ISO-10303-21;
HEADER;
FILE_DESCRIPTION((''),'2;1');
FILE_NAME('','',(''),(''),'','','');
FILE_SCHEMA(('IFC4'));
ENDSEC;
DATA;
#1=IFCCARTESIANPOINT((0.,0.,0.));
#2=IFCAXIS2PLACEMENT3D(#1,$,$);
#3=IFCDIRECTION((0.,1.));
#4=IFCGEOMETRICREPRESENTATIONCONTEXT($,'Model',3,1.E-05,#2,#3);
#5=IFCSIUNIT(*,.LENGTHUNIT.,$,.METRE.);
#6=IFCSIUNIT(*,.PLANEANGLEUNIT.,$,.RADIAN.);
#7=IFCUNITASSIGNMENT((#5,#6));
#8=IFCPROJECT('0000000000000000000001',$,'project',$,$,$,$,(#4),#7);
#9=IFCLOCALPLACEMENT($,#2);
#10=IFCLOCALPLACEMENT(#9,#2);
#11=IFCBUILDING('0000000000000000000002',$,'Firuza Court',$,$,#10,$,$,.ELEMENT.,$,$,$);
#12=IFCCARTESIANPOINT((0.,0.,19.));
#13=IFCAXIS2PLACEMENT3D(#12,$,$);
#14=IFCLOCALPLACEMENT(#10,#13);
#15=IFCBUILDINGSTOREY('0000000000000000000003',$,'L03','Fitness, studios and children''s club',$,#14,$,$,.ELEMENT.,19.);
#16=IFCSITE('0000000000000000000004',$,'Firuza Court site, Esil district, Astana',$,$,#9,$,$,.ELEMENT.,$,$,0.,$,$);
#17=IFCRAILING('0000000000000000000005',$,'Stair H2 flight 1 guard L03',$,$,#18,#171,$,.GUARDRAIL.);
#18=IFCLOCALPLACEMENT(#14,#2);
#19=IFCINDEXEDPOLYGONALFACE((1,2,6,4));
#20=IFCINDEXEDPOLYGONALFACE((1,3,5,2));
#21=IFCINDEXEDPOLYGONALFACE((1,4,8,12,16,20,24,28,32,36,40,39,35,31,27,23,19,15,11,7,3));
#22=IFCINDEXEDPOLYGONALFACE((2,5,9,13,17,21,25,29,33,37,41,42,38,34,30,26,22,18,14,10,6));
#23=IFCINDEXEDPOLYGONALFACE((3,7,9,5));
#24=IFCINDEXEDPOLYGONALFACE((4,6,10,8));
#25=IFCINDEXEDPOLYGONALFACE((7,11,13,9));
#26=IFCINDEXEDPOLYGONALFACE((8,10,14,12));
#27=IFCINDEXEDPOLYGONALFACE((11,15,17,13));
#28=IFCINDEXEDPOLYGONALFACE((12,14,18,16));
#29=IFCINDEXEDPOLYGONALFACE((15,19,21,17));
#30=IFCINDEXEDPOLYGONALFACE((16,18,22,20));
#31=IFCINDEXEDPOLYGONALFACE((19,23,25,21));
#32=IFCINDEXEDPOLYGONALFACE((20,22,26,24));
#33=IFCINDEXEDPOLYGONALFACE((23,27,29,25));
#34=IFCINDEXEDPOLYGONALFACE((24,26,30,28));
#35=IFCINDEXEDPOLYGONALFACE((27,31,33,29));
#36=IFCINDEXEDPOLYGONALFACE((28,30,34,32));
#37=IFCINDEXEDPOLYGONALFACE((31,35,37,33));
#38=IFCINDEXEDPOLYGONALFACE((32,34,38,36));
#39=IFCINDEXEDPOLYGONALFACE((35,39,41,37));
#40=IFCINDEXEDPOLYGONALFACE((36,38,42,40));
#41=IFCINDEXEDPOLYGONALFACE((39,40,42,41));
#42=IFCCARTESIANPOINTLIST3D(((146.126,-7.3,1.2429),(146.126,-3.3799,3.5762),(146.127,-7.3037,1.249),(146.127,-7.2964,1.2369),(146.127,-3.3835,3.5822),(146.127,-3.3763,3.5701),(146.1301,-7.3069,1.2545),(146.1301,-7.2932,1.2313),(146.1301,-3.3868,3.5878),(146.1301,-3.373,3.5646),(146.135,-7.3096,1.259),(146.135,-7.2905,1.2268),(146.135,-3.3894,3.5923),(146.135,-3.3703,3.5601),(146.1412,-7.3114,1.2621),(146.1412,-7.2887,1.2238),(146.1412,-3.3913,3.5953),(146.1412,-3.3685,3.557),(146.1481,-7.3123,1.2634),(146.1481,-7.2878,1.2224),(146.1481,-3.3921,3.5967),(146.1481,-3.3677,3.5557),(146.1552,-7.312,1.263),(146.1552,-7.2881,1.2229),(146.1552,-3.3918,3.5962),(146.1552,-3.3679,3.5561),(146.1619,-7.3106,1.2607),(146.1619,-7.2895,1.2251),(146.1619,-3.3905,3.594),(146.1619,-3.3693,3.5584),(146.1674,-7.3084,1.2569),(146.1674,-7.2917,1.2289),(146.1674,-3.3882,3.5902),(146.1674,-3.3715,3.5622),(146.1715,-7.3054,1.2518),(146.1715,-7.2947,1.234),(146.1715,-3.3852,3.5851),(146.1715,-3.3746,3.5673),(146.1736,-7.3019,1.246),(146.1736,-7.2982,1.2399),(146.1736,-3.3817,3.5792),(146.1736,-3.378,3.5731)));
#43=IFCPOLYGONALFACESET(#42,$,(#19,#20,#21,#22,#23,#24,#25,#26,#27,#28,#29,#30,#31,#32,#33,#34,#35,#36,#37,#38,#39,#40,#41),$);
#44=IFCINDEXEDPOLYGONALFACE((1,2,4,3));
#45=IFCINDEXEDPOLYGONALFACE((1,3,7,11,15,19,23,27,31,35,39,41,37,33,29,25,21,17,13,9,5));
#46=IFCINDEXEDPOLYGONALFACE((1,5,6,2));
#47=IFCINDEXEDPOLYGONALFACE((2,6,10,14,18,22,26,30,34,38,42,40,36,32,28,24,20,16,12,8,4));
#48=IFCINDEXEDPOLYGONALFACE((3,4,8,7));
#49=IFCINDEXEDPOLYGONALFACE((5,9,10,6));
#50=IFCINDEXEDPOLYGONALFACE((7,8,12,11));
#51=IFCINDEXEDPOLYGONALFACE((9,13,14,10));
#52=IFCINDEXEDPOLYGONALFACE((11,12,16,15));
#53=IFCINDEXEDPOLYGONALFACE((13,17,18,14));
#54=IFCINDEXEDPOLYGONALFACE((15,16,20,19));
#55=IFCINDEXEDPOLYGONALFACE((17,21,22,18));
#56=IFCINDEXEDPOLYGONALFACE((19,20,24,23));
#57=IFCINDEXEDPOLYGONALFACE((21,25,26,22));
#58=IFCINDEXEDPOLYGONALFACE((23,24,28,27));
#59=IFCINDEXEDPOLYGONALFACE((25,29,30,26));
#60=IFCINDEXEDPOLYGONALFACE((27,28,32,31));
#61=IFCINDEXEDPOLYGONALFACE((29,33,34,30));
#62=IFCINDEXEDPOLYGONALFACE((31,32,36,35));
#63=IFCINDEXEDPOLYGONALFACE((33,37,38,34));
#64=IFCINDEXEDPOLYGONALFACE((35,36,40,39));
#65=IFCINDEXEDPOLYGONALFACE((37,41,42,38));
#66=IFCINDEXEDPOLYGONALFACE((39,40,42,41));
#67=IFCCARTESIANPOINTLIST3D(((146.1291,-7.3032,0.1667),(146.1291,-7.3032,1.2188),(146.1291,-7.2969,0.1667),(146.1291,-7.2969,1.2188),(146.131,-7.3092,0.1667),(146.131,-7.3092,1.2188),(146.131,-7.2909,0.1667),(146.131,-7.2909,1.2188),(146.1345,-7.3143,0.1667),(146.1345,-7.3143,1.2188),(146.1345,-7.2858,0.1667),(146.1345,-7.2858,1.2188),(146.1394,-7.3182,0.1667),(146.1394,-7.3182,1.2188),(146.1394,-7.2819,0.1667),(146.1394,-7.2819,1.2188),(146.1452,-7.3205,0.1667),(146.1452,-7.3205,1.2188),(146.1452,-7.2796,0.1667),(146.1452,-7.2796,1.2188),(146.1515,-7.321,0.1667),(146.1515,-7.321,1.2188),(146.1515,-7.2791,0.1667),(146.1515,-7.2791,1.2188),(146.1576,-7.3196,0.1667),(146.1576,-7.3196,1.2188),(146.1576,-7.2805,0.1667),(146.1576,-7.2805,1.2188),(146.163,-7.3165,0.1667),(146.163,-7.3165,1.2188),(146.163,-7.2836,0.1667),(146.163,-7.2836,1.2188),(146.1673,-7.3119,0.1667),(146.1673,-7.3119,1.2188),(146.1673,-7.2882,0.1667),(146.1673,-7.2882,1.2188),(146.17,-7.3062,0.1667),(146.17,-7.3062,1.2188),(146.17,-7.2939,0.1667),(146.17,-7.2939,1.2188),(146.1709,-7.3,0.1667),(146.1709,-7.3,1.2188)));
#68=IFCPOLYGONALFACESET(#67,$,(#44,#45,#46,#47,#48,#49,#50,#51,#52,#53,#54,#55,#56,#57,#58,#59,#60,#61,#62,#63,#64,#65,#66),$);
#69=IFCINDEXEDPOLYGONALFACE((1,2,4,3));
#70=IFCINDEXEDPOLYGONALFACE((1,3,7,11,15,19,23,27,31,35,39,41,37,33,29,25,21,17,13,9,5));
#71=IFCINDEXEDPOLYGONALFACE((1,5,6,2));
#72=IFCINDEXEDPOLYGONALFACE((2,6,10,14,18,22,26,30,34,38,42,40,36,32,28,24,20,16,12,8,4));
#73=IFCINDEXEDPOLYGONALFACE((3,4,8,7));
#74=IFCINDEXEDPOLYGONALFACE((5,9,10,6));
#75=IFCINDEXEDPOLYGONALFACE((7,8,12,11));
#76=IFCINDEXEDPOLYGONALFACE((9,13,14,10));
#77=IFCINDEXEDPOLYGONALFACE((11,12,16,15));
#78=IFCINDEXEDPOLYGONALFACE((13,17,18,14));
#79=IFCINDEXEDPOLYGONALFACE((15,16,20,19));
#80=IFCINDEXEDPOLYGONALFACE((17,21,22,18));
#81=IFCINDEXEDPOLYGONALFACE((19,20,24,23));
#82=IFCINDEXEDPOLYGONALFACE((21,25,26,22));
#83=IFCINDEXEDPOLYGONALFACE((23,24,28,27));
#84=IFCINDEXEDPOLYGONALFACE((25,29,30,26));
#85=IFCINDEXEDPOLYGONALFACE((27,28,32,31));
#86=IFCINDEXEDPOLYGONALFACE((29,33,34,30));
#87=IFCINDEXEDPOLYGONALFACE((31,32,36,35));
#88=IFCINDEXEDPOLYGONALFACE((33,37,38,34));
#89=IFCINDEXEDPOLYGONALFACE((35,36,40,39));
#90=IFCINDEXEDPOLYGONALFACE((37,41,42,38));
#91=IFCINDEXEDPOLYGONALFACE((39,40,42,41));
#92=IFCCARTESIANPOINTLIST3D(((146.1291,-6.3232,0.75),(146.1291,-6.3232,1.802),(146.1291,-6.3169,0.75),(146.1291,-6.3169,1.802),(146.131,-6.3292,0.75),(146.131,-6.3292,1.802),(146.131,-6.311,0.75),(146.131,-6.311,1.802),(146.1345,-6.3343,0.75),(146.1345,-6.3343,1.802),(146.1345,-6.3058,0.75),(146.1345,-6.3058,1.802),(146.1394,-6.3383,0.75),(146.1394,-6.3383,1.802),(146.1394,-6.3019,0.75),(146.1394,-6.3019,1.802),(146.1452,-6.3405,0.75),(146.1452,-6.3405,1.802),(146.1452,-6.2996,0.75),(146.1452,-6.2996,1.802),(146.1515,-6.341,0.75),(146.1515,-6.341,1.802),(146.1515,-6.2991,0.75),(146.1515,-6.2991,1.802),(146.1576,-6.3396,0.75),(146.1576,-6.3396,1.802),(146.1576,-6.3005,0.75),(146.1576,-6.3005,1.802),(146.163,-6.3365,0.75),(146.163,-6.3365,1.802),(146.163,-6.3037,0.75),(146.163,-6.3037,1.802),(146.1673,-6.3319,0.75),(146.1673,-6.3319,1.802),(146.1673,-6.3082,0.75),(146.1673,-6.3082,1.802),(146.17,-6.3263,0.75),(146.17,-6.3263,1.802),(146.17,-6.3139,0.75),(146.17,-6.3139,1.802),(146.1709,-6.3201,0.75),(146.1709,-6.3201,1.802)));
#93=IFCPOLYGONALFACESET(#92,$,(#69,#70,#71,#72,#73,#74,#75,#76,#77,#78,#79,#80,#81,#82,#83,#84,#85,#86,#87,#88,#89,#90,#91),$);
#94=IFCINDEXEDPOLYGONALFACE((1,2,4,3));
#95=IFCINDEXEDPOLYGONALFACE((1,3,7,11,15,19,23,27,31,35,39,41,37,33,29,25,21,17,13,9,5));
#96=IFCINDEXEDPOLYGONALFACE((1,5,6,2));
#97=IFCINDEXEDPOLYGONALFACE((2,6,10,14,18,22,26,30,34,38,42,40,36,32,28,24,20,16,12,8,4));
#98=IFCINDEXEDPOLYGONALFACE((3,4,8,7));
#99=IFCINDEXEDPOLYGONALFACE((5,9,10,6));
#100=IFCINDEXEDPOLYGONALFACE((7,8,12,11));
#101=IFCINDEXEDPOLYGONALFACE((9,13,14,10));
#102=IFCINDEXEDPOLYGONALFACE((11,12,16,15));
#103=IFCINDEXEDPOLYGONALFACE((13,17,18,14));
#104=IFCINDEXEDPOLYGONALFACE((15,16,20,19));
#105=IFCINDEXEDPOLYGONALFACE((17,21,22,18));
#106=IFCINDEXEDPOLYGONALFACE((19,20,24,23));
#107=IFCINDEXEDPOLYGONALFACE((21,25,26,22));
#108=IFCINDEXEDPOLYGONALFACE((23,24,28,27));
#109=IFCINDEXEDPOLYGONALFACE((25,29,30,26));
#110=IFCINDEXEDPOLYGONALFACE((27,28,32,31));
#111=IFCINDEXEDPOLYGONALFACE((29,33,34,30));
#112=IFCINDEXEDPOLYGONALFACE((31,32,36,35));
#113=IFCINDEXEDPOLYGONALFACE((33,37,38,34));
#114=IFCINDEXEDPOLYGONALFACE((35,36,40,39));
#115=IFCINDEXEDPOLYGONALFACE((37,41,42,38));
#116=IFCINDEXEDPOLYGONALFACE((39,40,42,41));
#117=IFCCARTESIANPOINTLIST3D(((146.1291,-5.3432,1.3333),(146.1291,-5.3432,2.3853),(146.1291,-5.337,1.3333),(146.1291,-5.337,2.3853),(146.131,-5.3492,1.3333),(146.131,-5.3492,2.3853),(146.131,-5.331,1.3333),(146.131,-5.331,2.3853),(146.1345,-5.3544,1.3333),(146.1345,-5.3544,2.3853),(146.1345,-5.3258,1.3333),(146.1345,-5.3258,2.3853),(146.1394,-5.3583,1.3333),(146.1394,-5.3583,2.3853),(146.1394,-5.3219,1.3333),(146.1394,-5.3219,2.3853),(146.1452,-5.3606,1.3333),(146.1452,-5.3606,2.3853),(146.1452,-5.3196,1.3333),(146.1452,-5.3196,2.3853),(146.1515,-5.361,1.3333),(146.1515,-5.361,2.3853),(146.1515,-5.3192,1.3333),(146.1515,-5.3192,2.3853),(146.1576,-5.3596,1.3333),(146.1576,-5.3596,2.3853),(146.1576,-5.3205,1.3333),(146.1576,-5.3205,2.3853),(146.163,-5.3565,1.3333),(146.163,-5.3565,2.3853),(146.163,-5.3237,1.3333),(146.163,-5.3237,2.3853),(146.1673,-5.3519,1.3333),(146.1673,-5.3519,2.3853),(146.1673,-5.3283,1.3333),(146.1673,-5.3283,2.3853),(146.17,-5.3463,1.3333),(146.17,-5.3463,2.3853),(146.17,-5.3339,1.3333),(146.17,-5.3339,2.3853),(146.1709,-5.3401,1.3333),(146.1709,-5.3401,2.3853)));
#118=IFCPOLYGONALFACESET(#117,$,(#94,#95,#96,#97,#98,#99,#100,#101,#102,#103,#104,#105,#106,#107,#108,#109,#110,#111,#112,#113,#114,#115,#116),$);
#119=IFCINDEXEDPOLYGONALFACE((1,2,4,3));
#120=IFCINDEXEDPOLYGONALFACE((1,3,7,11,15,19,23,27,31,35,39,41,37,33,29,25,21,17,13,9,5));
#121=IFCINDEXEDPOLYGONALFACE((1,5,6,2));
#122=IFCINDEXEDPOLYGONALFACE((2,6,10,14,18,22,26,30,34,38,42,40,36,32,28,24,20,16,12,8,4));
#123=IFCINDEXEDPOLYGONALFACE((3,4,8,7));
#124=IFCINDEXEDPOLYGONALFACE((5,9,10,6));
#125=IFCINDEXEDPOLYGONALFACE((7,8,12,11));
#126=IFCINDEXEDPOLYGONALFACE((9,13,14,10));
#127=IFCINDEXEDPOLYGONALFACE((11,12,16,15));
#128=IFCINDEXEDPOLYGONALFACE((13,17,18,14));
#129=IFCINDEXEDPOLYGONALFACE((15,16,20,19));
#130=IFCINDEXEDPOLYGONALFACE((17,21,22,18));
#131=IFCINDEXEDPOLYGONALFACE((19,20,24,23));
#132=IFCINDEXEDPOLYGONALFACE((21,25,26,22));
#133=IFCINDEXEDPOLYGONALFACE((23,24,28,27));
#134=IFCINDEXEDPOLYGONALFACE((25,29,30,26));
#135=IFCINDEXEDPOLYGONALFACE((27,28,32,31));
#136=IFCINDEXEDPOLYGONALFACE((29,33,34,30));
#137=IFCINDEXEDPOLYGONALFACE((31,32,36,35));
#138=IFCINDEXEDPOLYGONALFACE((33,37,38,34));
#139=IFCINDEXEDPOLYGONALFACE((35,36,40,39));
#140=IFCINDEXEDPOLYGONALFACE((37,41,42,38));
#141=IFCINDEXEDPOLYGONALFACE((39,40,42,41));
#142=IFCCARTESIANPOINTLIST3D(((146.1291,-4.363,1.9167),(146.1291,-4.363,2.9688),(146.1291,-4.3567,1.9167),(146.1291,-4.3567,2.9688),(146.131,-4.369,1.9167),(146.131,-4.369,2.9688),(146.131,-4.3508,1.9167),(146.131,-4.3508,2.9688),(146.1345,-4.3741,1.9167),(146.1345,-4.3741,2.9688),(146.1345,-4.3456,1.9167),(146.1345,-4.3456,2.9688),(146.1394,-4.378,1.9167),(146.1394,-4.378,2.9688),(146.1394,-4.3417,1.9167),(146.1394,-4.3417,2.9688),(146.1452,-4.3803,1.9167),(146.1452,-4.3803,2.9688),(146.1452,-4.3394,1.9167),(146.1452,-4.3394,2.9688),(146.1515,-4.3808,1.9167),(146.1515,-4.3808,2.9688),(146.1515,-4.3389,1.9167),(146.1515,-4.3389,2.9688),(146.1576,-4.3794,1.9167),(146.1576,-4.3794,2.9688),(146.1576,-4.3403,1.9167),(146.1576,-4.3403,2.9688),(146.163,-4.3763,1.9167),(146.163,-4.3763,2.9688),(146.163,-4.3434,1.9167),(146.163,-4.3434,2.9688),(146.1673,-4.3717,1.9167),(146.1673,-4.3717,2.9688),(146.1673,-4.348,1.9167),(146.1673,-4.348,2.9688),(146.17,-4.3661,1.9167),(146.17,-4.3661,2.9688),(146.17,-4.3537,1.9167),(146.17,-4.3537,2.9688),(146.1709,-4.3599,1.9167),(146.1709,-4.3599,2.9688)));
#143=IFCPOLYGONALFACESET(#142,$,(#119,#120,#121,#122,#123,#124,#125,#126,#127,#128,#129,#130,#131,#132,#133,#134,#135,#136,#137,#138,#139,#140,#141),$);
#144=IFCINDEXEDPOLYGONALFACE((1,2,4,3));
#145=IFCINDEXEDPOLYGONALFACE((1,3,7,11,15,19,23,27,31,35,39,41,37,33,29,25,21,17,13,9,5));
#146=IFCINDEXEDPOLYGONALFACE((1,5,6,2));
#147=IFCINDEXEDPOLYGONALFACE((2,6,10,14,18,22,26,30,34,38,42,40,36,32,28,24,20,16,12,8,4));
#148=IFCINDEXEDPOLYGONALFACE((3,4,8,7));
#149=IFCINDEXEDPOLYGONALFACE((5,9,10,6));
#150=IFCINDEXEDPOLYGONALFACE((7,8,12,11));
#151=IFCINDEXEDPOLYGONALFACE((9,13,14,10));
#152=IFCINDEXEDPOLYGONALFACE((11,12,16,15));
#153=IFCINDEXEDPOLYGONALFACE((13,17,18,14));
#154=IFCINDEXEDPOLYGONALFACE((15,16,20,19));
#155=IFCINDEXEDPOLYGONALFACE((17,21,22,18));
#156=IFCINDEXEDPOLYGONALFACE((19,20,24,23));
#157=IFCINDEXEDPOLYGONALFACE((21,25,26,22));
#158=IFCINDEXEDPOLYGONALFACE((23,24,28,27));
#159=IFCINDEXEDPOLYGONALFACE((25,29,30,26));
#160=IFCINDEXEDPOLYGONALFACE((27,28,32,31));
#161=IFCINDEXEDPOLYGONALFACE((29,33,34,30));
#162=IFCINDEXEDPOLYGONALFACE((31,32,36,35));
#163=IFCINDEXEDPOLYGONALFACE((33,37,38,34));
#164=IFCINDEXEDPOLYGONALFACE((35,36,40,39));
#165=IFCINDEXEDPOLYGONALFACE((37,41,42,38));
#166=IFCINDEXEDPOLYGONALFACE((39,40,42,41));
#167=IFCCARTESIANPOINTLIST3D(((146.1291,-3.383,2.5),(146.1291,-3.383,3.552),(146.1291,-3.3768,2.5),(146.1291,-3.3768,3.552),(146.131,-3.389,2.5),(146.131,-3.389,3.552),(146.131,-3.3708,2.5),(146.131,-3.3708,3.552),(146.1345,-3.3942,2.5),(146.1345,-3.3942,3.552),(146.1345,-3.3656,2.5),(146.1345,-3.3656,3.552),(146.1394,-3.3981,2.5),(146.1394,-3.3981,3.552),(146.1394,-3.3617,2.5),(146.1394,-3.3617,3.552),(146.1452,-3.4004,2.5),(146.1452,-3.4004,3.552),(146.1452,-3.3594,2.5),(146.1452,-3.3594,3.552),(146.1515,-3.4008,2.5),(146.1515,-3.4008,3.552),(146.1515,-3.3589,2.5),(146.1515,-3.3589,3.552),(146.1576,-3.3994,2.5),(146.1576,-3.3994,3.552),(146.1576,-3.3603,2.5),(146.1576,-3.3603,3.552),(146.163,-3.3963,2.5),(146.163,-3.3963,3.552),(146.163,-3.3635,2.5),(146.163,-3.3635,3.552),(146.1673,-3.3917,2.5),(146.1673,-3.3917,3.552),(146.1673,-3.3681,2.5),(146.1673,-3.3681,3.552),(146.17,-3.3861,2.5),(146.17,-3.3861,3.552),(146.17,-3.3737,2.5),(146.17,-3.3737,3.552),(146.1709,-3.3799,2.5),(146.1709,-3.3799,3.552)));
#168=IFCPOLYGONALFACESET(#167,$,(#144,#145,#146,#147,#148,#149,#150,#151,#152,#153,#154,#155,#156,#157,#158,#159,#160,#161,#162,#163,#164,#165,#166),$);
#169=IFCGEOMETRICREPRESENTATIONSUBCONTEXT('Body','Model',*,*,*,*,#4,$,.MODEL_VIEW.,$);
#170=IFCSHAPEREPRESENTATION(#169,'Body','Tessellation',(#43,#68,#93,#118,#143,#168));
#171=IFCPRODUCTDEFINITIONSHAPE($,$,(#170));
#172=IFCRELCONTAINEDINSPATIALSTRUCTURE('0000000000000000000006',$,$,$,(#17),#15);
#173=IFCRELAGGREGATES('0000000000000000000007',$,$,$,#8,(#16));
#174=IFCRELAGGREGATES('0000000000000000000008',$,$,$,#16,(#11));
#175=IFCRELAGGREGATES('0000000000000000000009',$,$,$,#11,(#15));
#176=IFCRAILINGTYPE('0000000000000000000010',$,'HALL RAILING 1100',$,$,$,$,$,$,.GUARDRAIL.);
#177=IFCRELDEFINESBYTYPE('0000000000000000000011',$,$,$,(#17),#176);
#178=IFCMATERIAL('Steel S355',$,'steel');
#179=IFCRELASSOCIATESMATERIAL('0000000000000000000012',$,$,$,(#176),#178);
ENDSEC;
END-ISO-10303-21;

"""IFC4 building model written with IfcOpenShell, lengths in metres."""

from ifc_helpers import new_model, si_unit, direction, frame, origin, origin_2d, place, context, subcontext, project, spatial, circle, extrude, material, type_object, element, save


model = new_model("IFC4")

# Units and contexts
model_context = context("Model", 3, precision=1e-05, world=origin(), true_north=direction((0.0, 1.0)))
body_context = subcontext(model_context, "Body", "Model", "MODEL_VIEW")
ifc_project = project(units=[si_unit("LENGTHUNIT", "METRE"), si_unit("PLANEANGLEUNIT", "RADIAN")], contexts=[model_context])

# Site, building, storey
site_placement = place(None, origin())
site = spatial("IfcSite", under=ifc_project, at=site_placement, Name="Firuza Court site, Esil district, Astana", CompositionType="ELEMENT", RefElevation=0.0)
building_placement = place(site_placement, origin())
building = spatial("IfcBuilding", under=site, at=building_placement, Name="Firuza Court", CompositionType="ELEMENT")
storey_placement = place(building_placement, frame((0.0, 0.0, 19.0)))
storey = spatial("IfcBuildingStorey", under=building, at=storey_placement, Name="L03", Description="Fitness, studios and children's club", CompositionType="ELEMENT", Elevation=19.0)

# Railing
ifc_material_1 = material(Name="Steel S355", Category="steel")
railing_type_1 = type_object("IfcRailingType", Name="HALL RAILING 1100", PredefinedType="GUARDRAIL", material=ifc_material_1)
railing_1_placement = place(storey_placement, frame((146.1499, -7.3, 0.1667)))
element("IfcRailing", 1, at=railing_1_placement, inside=storey, type_object=railing_type_1, Name="Stair H2 flight 1 guard L03", PredefinedType="GUARDRAIL", context=body_context, shape_type="SweptSolid", body=[
    extrude(circle(Radius=0.0239, at=origin_2d()), frame((0.0, 0.0, 1.0762), z_axis=(0.0, 0.85931, 0.511455), x_axis=(-1.0, 0.0, 0.0)), (0.0, 0.0, 1.0), 4.562),
    extrude(circle(Radius=0.021, at=origin_2d()), origin(), (0.0, 0.0, 1.0), 1.052),
    extrude(circle(Radius=0.021, at=origin_2d()), frame((0.0, 0.98, 0.5833)), (0.0, 0.0, 1.0), 1.052),
    extrude(circle(Radius=0.021, at=origin_2d()), frame((0.0, 1.96, 1.1665)), (0.0, 0.0, 1.0), 1.052),
    extrude(circle(Radius=0.021, at=origin_2d()), frame((0.0, 2.9402, 1.75)), (0.0, 0.0, 1.0), 1.052),
    extrude(circle(Radius=0.021, at=origin_2d()), frame((0.0, 3.9202, 2.3333)), (0.0, 0.0, 1.0), 1.052),
])

save(model, "model.ifc")
